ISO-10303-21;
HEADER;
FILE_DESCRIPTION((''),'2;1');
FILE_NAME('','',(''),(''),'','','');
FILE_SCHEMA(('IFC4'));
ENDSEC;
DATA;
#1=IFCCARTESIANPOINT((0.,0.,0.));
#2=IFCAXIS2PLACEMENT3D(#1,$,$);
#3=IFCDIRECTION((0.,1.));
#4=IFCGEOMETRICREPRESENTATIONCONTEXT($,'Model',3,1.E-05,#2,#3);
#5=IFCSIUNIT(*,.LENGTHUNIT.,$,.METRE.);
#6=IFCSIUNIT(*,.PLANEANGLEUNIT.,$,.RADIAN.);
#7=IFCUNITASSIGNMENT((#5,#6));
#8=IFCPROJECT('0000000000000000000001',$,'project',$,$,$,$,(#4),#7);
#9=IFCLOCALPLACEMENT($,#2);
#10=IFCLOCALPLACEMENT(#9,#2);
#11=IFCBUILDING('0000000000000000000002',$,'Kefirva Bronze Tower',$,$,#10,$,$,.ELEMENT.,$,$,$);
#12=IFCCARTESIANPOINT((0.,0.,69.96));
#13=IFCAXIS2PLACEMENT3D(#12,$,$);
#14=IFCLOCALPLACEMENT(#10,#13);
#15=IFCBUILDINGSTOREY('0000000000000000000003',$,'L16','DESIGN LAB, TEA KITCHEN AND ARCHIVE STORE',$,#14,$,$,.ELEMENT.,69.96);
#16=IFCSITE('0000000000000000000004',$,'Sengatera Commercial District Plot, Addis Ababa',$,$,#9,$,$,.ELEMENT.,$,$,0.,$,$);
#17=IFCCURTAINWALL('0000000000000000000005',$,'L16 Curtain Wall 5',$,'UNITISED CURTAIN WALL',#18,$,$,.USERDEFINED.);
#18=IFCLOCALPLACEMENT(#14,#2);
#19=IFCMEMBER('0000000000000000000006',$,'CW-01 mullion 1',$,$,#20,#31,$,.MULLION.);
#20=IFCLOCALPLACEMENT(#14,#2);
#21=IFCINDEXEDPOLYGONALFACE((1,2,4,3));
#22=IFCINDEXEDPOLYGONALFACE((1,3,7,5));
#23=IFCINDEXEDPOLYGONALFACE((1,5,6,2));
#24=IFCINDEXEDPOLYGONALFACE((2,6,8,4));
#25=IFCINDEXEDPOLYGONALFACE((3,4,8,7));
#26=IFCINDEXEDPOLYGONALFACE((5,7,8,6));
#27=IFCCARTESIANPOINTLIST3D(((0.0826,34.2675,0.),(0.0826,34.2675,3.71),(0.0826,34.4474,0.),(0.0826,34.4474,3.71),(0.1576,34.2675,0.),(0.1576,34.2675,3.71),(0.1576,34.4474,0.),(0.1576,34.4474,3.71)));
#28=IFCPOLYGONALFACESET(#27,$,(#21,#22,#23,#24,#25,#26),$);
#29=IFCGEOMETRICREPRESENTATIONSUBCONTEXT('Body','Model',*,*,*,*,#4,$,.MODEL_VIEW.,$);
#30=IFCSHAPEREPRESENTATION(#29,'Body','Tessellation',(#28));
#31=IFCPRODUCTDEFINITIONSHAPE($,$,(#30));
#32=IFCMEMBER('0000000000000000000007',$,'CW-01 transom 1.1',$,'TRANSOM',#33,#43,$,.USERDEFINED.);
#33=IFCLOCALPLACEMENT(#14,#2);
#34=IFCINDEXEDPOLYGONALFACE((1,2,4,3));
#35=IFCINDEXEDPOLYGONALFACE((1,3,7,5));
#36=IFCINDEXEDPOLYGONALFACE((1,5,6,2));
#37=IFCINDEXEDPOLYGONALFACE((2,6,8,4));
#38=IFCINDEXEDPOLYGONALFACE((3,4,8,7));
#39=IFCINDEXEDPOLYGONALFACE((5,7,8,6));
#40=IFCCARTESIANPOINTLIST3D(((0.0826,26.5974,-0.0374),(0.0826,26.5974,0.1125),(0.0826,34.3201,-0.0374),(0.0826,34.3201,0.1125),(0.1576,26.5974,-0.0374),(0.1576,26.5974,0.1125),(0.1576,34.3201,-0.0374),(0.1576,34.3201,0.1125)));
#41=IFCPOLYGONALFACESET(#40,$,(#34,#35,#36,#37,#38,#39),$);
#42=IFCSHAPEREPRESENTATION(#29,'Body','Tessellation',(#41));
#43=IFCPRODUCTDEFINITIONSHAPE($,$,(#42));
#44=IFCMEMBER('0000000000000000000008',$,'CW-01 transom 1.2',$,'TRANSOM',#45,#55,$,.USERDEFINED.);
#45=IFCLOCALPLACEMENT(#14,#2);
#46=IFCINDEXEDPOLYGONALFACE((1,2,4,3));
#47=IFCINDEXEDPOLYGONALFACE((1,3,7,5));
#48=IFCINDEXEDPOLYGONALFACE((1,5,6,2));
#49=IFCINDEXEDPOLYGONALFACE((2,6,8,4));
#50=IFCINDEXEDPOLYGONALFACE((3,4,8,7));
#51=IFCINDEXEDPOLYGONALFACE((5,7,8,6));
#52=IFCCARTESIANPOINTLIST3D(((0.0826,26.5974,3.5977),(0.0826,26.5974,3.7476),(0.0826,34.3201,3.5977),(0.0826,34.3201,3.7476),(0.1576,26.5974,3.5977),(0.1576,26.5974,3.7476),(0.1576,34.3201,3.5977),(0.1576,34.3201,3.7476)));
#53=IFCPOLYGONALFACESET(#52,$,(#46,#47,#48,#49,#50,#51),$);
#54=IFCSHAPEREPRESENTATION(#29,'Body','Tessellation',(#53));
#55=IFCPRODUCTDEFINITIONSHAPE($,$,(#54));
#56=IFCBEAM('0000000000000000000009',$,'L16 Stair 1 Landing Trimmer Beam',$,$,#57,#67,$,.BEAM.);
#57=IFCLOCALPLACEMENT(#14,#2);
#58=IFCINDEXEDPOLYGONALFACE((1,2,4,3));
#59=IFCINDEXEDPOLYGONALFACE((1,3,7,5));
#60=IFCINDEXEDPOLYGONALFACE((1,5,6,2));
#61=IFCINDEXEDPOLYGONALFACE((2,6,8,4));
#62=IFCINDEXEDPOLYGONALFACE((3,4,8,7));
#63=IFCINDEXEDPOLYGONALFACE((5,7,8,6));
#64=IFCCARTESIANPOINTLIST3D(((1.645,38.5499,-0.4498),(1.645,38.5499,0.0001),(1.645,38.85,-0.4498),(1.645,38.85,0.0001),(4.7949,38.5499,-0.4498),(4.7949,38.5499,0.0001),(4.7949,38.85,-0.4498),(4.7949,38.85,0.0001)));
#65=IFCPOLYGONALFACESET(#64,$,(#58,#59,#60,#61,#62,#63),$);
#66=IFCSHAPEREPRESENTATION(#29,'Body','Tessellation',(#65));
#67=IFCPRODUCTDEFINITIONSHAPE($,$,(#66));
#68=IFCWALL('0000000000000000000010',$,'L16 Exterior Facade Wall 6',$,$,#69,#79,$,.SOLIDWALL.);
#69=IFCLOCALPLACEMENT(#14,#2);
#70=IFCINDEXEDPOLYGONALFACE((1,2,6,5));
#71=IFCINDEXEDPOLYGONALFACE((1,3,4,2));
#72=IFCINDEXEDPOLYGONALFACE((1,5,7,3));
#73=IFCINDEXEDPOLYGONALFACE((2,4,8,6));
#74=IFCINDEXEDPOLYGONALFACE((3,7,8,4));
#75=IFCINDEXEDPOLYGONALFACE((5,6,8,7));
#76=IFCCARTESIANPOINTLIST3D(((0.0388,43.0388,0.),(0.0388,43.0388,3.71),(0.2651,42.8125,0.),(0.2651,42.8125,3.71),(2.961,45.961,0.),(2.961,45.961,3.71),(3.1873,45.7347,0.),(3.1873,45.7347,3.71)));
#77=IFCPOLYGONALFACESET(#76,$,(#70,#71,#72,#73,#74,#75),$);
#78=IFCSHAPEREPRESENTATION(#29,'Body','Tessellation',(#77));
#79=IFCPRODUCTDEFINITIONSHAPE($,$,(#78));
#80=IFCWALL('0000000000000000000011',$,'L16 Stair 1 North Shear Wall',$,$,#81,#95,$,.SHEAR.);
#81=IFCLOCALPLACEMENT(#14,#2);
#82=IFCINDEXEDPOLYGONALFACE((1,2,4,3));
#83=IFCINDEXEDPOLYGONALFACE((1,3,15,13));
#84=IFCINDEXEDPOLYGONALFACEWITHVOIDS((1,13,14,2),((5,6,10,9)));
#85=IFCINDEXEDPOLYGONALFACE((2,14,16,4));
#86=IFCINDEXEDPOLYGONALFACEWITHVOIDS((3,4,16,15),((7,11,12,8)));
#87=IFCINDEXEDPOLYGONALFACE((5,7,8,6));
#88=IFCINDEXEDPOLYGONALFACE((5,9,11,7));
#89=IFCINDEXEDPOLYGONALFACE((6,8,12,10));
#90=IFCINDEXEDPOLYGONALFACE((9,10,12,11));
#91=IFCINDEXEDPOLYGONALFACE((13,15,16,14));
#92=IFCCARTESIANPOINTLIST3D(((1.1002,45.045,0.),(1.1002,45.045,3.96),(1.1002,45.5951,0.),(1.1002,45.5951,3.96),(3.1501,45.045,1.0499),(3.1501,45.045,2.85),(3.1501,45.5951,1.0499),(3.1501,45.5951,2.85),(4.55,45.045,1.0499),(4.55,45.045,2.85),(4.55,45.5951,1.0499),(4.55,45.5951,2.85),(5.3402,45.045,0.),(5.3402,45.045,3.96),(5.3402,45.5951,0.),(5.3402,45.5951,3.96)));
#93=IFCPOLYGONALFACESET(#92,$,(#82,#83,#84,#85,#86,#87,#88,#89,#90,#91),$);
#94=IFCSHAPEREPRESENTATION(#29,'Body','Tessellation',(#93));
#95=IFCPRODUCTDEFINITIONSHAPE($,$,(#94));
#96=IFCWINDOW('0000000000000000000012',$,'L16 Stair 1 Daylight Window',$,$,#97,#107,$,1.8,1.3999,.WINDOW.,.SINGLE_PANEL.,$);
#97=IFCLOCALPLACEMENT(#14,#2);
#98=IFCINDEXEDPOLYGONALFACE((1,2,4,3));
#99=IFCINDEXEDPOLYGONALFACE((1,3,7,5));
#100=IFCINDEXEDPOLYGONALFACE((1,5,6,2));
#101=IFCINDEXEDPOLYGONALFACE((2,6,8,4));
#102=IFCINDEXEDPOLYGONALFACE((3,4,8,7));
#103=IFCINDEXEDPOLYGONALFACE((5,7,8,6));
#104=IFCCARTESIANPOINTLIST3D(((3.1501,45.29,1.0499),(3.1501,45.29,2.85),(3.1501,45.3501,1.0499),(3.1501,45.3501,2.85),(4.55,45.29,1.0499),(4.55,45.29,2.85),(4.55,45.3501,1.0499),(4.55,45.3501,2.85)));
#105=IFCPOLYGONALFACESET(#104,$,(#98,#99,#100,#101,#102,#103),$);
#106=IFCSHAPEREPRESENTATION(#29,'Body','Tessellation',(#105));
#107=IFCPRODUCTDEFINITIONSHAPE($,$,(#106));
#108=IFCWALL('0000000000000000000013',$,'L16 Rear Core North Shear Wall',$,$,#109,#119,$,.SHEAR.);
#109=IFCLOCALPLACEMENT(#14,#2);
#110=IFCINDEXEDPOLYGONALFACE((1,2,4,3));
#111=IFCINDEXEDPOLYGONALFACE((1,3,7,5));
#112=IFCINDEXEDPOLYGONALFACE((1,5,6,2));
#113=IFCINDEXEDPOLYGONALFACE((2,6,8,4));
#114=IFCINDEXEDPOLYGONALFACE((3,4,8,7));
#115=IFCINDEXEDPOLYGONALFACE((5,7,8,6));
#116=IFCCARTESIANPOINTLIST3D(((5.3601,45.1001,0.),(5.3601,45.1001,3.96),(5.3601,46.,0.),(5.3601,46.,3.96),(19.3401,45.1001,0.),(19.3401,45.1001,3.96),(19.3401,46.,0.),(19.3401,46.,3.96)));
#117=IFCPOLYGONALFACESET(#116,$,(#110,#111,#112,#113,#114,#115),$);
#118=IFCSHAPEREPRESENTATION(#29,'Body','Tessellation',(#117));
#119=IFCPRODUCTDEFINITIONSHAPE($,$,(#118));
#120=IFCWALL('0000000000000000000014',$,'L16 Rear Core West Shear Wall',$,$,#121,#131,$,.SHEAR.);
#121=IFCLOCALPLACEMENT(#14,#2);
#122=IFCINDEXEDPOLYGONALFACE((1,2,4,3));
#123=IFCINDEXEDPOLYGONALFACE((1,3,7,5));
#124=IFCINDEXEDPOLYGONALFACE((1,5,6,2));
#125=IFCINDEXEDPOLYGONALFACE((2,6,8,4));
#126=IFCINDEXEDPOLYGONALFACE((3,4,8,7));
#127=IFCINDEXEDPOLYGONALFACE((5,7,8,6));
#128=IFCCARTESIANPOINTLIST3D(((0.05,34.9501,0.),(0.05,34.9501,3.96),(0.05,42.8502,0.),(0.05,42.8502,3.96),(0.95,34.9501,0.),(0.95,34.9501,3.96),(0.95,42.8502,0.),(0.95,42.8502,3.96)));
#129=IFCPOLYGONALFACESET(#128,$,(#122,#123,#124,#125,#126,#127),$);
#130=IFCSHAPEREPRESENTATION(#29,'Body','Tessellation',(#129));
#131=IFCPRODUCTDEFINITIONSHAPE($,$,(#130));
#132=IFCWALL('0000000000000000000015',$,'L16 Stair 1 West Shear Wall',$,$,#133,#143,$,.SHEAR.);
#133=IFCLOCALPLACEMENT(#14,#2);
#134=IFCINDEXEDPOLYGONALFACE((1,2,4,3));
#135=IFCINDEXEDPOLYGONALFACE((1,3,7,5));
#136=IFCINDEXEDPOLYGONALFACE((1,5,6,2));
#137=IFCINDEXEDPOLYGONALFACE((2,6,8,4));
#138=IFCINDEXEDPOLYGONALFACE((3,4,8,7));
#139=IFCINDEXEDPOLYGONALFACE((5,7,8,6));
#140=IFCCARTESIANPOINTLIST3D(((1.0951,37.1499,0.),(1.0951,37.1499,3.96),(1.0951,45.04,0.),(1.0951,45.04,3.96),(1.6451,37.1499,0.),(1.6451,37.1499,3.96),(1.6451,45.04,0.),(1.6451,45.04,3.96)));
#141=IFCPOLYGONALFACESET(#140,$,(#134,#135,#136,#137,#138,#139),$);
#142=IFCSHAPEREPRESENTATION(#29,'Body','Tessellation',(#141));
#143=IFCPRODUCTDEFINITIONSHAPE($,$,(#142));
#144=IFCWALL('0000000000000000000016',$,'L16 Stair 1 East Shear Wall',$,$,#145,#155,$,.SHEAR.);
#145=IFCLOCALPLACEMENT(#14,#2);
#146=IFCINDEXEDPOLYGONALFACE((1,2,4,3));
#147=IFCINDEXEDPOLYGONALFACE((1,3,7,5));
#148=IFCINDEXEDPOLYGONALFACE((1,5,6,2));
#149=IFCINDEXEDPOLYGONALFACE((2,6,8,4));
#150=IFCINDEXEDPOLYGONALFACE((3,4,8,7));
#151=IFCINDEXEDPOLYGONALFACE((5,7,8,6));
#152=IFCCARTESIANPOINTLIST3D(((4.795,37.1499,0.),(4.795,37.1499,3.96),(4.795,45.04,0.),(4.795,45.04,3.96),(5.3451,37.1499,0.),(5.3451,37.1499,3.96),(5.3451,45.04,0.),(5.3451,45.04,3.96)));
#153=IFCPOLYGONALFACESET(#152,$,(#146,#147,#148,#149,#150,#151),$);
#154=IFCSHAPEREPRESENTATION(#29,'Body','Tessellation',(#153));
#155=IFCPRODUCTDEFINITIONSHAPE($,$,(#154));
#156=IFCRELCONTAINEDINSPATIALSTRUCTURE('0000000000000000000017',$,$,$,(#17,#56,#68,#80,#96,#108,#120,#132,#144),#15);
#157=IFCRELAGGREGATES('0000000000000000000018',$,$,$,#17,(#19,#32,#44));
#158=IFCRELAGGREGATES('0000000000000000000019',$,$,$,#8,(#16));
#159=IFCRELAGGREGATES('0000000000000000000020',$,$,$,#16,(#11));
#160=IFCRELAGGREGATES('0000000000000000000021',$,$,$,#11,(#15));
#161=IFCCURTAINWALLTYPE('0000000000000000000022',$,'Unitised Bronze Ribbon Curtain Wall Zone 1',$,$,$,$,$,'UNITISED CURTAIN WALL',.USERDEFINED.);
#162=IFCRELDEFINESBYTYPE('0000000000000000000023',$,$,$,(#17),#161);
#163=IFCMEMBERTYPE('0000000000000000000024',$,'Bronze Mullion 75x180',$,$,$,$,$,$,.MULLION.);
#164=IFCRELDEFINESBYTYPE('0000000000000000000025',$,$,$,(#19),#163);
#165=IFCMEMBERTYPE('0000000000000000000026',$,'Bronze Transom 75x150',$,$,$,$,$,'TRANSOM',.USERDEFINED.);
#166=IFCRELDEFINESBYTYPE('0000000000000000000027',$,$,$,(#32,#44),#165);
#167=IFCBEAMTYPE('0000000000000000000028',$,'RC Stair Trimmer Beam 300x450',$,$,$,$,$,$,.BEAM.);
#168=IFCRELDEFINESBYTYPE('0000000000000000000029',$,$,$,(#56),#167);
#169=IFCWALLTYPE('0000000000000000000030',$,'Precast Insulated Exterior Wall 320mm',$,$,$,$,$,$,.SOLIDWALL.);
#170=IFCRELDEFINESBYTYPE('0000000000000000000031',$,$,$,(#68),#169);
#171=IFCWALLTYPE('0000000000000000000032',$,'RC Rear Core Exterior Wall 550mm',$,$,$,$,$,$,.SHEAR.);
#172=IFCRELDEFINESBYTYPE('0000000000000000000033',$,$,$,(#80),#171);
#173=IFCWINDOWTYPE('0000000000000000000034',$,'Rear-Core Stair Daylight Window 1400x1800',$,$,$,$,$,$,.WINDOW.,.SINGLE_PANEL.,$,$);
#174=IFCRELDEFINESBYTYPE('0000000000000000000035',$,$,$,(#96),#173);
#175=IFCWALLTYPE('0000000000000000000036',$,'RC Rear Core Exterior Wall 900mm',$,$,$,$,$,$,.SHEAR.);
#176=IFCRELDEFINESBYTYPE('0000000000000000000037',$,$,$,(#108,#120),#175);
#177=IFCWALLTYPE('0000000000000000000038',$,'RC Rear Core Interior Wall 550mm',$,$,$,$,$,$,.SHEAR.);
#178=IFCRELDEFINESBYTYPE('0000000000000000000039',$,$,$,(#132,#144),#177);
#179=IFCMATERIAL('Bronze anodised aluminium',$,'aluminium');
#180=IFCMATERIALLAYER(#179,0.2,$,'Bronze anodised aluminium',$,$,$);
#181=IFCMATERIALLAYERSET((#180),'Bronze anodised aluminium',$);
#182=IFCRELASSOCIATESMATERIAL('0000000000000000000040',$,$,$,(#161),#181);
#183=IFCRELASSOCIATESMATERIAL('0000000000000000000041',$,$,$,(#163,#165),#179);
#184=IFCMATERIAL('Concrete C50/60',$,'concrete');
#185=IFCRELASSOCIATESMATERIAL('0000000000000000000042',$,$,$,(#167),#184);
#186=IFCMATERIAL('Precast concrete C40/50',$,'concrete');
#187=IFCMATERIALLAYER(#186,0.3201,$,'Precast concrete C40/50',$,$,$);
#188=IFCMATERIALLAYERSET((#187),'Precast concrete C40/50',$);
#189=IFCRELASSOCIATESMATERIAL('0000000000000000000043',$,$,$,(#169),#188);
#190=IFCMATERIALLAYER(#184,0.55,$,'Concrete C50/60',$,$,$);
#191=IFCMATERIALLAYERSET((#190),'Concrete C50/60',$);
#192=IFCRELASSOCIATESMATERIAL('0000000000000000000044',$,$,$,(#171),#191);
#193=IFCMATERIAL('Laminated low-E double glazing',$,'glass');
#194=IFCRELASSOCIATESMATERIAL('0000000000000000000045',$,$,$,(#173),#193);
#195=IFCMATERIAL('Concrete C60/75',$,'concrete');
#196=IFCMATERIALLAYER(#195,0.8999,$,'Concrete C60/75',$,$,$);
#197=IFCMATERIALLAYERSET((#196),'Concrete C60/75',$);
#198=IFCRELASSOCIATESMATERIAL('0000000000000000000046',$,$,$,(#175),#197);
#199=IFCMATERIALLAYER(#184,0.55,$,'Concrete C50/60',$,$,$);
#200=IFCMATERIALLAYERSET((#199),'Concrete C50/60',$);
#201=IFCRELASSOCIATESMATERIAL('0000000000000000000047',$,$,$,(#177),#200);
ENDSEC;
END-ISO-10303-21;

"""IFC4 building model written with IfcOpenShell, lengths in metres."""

from ifc_helpers import new_model, si_unit, direction, frame, frame_2d, origin, origin_2d, place, context, subcontext, project, spatial, rectangle, extrude, material, layer, layer_set, material_profile, profile_set, type_object, element, fill, aggregate, save


model = new_model("IFC4")

# Units and contexts
model_context = context("Model", 3, precision=1e-05, world=origin(), true_north=direction((0.0, 1.0)))
body_context = subcontext(model_context, "Body", "Model", "MODEL_VIEW")
ifc_project = project(units=[si_unit("LENGTHUNIT", "METRE"), si_unit("PLANEANGLEUNIT", "RADIAN")], contexts=[model_context])

# Site, building, storey
site_placement = place(None, origin())
site = spatial("IfcSite", under=ifc_project, at=site_placement, Name="Sengatera Commercial District Plot, Addis Ababa", CompositionType="ELEMENT", RefElevation=0.0)
building_placement = place(site_placement, origin())
building = spatial("IfcBuilding", under=site, at=building_placement, Name="Kefirva Bronze Tower", CompositionType="ELEMENT")
storey_placement = place(building_placement, frame((0.0, 0.0, 69.96)))
storey = spatial("IfcBuildingStorey", under=building, at=storey_placement, Name="L16", Description="DESIGN LAB, TEA KITCHEN AND ARCHIVE STORE", CompositionType="ELEMENT", Elevation=69.96)

# Curtain wall, members
ifc_material_1 = material(Name="Bronze anodised aluminium", Category="aluminium")
ifc_layer_1 = layer(ifc_material_1, 0.2, Name="Bronze anodised aluminium")
ifc_layer_set_1 = layer_set([ifc_layer_1], Name="Bronze anodised aluminium")
curtain_wall_type = type_object("IfcCurtainWallType", Name="Unitised Bronze Ribbon Curtain Wall Zone 1", ElementType="UNITISED CURTAIN WALL", PredefinedType="USERDEFINED", material=ifc_layer_set_1)
curtain_wall_placement = place(storey_placement, origin())
curtain_wall = element("IfcCurtainWall", 1, at=curtain_wall_placement, inside=storey, type_object=curtain_wall_type, Name="L16 Curtain Wall 5", ObjectType="UNITISED CURTAIN WALL", PredefinedType="USERDEFINED")
ifc_material_profile_1 = material_profile(ifc_material_1, rectangle(XDim=0.075, YDim=0.1799, at=origin_2d()), Name="ALU 75x180")
ifc_profile_set_1 = profile_set([ifc_material_profile_1], Name="Bronze anodised aluminium")
member_type_1 = type_object("IfcMemberType", Name="Bronze Mullion 75x180", PredefinedType="MULLION", material=ifc_profile_set_1)
member_1_placement = place(storey_placement, frame((0.1201, 34.3574, 0.0), z_axis=(0.0, 0.0, 1.0), x_axis=(1.0, 0.0, 0.0)))
member_1 = element("IfcMember", 2, at=member_1_placement, type_object=member_type_1, Name="CW-01 mullion 1", PredefinedType="MULLION", context=body_context, shape_type="SweptSolid", body=[
    extrude(rectangle(XDim=0.075, YDim=0.1799, at=origin_2d()), origin(), (0.0, 0.0, 1.0), 3.71),
])
ifc_material_profile_2 = material_profile(ifc_material_1, rectangle(XDim=0.075, YDim=0.1499, at=origin_2d()), Name="ALU 75x150")
ifc_profile_set_2 = profile_set([ifc_material_profile_2], Name="Bronze anodised aluminium")
member_type_2 = type_object("IfcMemberType", Name="Bronze Transom 75x150", ElementType="TRANSOM", PredefinedType="USERDEFINED", material=ifc_profile_set_2)
member_2_placement = place(storey_placement, frame((0.1201, 34.3201, 0.0376), z_axis=(0.0, -1.0, 0.0), x_axis=(1.0, 0.0, 0.0)))
member_2 = element("IfcMember", 3, at=member_2_placement, type_object=member_type_2, Name="CW-01 transom 1.1", ObjectType="TRANSOM", PredefinedType="USERDEFINED", context=body_context, shape_type="SweptSolid", body=[
    extrude(rectangle(XDim=0.075, YDim=0.1499, at=origin_2d()), origin(), (0.0, 0.0, 1.0), 7.7227),
])
member_3_placement = place(storey_placement, frame((0.1201, 34.3201, 3.6726), z_axis=(0.0, -1.0, 0.0), x_axis=(1.0, 0.0, 0.0)))
member_3 = element("IfcMember", 4, at=member_3_placement, type_object=member_type_2, Name="CW-01 transom 1.2", ObjectType="TRANSOM", PredefinedType="USERDEFINED", context=body_context, shape_type="SweptSolid", body=[
    extrude(rectangle(XDim=0.075, YDim=0.1499, at=origin_2d()), origin(), (0.0, 0.0, 1.0), 7.7227),
])
aggregate(curtain_wall, [member_1, member_2, member_3])

# Beam
ifc_material_2 = material(Name="Concrete C50/60", Category="concrete")
ifc_material_profile_3 = material_profile(ifc_material_2, rectangle(XDim=0.3, YDim=0.45, at=origin_2d()), Name="RC 300x450")
ifc_profile_set_3 = profile_set([ifc_material_profile_3], Name="Concrete C50/60")
beam_type = type_object("IfcBeamType", Name="RC Stair Trimmer Beam 300x450", PredefinedType="BEAM", material=ifc_profile_set_3)
beam_placement = place(storey_placement, frame((1.645, 38.7, -0.2249), z_axis=(1.0, 0.0, 0.0), x_axis=(0.0, 1.0, 0.0)))
element("IfcBeam", 5, at=beam_placement, inside=storey, type_object=beam_type, Name="L16 Stair 1 Landing Trimmer Beam", PredefinedType="BEAM", context=body_context, shape_type="SweptSolid", body=[
    extrude(rectangle(XDim=0.3, YDim=0.45, at=origin_2d()), origin(), (0.0, 0.0, 1.0), 3.1499),
])

# Wall
ifc_material_3 = material(Name="Precast concrete C40/50", Category="concrete")
ifc_layer_2 = layer(ifc_material_3, 0.3201, Name="Precast concrete C40/50")
ifc_layer_set_2 = layer_set([ifc_layer_2], Name="Precast concrete C40/50")
wall_type_1 = type_object("IfcWallType", Name="Precast Insulated Exterior Wall 320mm", PredefinedType="SOLIDWALL", material=ifc_layer_set_2)
wall_1_placement = place(storey_placement, frame((3.0742, 45.8479, 0.0), z_axis=(0.0, 0.0, 1.0), x_axis=(-0.707107, -0.707107, 0.0)))
element("IfcWall", 6, at=wall_1_placement, inside=storey, type_object=wall_type_1, Name="L16 Exterior Facade Wall 6", PredefinedType="SOLIDWALL", context=body_context, shape_type="SweptSolid", body=[
    extrude(rectangle(XDim=4.1326, YDim=0.3201, at=frame_2d((2.0664, 0.0))), origin(), (0.0, 0.0, 1.0), 3.71),
])

# Wall, opening, window
ifc_layer_3 = layer(ifc_material_2, 0.55, Name="Concrete C50/60")
ifc_layer_set_3 = layer_set([ifc_layer_3], Name="Concrete C50/60")
wall_type_2 = type_object("IfcWallType", Name="RC Rear Core Exterior Wall 550mm", PredefinedType="SHEAR", material=ifc_layer_set_3)
wall_2_placement = place(storey_placement, frame((1.1001, 45.3201, 0.0), z_axis=(0.0, 0.0, 1.0), x_axis=(1.0, 0.0, 0.0)))
wall_2 = element("IfcWall", 7, at=wall_2_placement, inside=storey, type_object=wall_type_2, Name="L16 Stair 1 North Shear Wall", PredefinedType="SHEAR", context=body_context, shape_type="SweptSolid", body=[
    extrude(rectangle(XDim=4.24, YDim=0.55, at=frame_2d((2.1201, 0.0))), origin(), (0.0, 0.0, 1.0), 3.96),
])
opening_1_placement = place(wall_2_placement, frame((2.05, 0.0, 1.05)))
opening_1 = element("IfcOpeningElement", 8, at=opening_1_placement, cuts=wall_2, PredefinedType="OPENING", context=body_context, shape_type="SweptSolid", body=[
    extrude(rectangle(XDim=1.3999, YDim=1.8, at=frame_2d((0.7, 0.8999))), frame((0.0, 0.2852, 0.0), z_axis=(0.0, -1.0, 0.0), x_axis=(1.0, 0.0, 0.0)), (0.0, 0.0, 1.0), 0.5701),
])
ifc_material_4 = material(Name="Laminated low-E double glazing", Category="glass")
window_type = type_object("IfcWindowType", Name="Rear-Core Stair Daylight Window 1400x1800", PartitioningType="SINGLE_PANEL", PredefinedType="WINDOW", material=ifc_material_4)
window_placement = place(opening_1_placement, origin())
window = element("IfcWindow", 9, at=window_placement, inside=storey, type_object=window_type, Name="L16 Stair 1 Daylight Window", OverallHeight=1.8, OverallWidth=1.3999, PartitioningType="SINGLE_PANEL", PredefinedType="WINDOW", context=body_context, shape_type="SweptSolid", body=[
    extrude(rectangle(XDim=1.3999, YDim=1.8, at=frame_2d((0.7, 0.8999))), frame((0.0, 0.03, 0.0), z_axis=(0.0, -1.0, 0.0), x_axis=(1.0, 0.0, 0.0)), (0.0, 0.0, 1.0), 0.0601),
])
fill(opening_1, window)

# Walls
ifc_material_5 = material(Name="Concrete C60/75", Category="concrete")
ifc_layer_4 = layer(ifc_material_5, 0.8999, Name="Concrete C60/75")
ifc_layer_set_4 = layer_set([ifc_layer_4], Name="Concrete C60/75")
wall_type_3 = type_object("IfcWallType", Name="RC Rear Core Exterior Wall 900mm", PredefinedType="SHEAR", material=ifc_layer_set_4)
wall_3_placement = place(storey_placement, frame((5.3601, 45.55, 0.0), z_axis=(0.0, 0.0, 1.0), x_axis=(1.0, 0.0, 0.0)))
element("IfcWall", 10, at=wall_3_placement, inside=storey, type_object=wall_type_3, Name="L16 Rear Core North Shear Wall", PredefinedType="SHEAR", context=body_context, shape_type="SweptSolid", body=[
    extrude(rectangle(XDim=13.98, YDim=0.8999, at=frame_2d((6.99, 0.0))), origin(), (0.0, 0.0, 1.0), 3.96),
])
wall_4_placement = place(storey_placement, frame((0.5, 34.95, 0.0), z_axis=(0.0, 0.0, 1.0), x_axis=(0.0, 1.0, 0.0)))
element("IfcWall", 11, at=wall_4_placement, inside=storey, type_object=wall_type_3, Name="L16 Rear Core West Shear Wall", PredefinedType="SHEAR", context=body_context, shape_type="SweptSolid", body=[
    extrude(rectangle(XDim=7.9001, YDim=0.8999, at=frame_2d((3.9502, 0.0))), origin(), (0.0, 0.0, 1.0), 3.96),
])
ifc_layer_5 = layer(ifc_material_2, 0.55, Name="Concrete C50/60")
ifc_layer_set_5 = layer_set([ifc_layer_5], Name="Concrete C50/60")
wall_type_4 = type_object("IfcWallType", Name="RC Rear Core Interior Wall 550mm", PredefinedType="SHEAR", material=ifc_layer_set_5)
for number, where, z_axis, x_axis, name in (
    (12, (1.3701, 37.1499, 0.0), (0.0, 0.0, 1.0), (0.0, 1.0, 0.0), "L16 Stair 1 West Shear Wall"),
    (13, (5.0701, 37.1499, 0.0), (0.0, 0.0, 1.0), (0.0, 1.0, 0.0), "L16 Stair 1 East Shear Wall"),
):
    element("IfcWall", number, at=place(storey_placement, frame(where, z_axis=z_axis, x_axis=x_axis)), inside=storey, type_object=wall_type_4, Name=name, PredefinedType="SHEAR", context=body_context, shape_type="SweptSolid", body=[
        extrude(rectangle(XDim=7.8901, YDim=0.55, at=frame_2d((3.9451, 0.0))), origin(), (0.0, 0.0, 1.0), 3.96),
    ])

save(model, "model.ifc")
